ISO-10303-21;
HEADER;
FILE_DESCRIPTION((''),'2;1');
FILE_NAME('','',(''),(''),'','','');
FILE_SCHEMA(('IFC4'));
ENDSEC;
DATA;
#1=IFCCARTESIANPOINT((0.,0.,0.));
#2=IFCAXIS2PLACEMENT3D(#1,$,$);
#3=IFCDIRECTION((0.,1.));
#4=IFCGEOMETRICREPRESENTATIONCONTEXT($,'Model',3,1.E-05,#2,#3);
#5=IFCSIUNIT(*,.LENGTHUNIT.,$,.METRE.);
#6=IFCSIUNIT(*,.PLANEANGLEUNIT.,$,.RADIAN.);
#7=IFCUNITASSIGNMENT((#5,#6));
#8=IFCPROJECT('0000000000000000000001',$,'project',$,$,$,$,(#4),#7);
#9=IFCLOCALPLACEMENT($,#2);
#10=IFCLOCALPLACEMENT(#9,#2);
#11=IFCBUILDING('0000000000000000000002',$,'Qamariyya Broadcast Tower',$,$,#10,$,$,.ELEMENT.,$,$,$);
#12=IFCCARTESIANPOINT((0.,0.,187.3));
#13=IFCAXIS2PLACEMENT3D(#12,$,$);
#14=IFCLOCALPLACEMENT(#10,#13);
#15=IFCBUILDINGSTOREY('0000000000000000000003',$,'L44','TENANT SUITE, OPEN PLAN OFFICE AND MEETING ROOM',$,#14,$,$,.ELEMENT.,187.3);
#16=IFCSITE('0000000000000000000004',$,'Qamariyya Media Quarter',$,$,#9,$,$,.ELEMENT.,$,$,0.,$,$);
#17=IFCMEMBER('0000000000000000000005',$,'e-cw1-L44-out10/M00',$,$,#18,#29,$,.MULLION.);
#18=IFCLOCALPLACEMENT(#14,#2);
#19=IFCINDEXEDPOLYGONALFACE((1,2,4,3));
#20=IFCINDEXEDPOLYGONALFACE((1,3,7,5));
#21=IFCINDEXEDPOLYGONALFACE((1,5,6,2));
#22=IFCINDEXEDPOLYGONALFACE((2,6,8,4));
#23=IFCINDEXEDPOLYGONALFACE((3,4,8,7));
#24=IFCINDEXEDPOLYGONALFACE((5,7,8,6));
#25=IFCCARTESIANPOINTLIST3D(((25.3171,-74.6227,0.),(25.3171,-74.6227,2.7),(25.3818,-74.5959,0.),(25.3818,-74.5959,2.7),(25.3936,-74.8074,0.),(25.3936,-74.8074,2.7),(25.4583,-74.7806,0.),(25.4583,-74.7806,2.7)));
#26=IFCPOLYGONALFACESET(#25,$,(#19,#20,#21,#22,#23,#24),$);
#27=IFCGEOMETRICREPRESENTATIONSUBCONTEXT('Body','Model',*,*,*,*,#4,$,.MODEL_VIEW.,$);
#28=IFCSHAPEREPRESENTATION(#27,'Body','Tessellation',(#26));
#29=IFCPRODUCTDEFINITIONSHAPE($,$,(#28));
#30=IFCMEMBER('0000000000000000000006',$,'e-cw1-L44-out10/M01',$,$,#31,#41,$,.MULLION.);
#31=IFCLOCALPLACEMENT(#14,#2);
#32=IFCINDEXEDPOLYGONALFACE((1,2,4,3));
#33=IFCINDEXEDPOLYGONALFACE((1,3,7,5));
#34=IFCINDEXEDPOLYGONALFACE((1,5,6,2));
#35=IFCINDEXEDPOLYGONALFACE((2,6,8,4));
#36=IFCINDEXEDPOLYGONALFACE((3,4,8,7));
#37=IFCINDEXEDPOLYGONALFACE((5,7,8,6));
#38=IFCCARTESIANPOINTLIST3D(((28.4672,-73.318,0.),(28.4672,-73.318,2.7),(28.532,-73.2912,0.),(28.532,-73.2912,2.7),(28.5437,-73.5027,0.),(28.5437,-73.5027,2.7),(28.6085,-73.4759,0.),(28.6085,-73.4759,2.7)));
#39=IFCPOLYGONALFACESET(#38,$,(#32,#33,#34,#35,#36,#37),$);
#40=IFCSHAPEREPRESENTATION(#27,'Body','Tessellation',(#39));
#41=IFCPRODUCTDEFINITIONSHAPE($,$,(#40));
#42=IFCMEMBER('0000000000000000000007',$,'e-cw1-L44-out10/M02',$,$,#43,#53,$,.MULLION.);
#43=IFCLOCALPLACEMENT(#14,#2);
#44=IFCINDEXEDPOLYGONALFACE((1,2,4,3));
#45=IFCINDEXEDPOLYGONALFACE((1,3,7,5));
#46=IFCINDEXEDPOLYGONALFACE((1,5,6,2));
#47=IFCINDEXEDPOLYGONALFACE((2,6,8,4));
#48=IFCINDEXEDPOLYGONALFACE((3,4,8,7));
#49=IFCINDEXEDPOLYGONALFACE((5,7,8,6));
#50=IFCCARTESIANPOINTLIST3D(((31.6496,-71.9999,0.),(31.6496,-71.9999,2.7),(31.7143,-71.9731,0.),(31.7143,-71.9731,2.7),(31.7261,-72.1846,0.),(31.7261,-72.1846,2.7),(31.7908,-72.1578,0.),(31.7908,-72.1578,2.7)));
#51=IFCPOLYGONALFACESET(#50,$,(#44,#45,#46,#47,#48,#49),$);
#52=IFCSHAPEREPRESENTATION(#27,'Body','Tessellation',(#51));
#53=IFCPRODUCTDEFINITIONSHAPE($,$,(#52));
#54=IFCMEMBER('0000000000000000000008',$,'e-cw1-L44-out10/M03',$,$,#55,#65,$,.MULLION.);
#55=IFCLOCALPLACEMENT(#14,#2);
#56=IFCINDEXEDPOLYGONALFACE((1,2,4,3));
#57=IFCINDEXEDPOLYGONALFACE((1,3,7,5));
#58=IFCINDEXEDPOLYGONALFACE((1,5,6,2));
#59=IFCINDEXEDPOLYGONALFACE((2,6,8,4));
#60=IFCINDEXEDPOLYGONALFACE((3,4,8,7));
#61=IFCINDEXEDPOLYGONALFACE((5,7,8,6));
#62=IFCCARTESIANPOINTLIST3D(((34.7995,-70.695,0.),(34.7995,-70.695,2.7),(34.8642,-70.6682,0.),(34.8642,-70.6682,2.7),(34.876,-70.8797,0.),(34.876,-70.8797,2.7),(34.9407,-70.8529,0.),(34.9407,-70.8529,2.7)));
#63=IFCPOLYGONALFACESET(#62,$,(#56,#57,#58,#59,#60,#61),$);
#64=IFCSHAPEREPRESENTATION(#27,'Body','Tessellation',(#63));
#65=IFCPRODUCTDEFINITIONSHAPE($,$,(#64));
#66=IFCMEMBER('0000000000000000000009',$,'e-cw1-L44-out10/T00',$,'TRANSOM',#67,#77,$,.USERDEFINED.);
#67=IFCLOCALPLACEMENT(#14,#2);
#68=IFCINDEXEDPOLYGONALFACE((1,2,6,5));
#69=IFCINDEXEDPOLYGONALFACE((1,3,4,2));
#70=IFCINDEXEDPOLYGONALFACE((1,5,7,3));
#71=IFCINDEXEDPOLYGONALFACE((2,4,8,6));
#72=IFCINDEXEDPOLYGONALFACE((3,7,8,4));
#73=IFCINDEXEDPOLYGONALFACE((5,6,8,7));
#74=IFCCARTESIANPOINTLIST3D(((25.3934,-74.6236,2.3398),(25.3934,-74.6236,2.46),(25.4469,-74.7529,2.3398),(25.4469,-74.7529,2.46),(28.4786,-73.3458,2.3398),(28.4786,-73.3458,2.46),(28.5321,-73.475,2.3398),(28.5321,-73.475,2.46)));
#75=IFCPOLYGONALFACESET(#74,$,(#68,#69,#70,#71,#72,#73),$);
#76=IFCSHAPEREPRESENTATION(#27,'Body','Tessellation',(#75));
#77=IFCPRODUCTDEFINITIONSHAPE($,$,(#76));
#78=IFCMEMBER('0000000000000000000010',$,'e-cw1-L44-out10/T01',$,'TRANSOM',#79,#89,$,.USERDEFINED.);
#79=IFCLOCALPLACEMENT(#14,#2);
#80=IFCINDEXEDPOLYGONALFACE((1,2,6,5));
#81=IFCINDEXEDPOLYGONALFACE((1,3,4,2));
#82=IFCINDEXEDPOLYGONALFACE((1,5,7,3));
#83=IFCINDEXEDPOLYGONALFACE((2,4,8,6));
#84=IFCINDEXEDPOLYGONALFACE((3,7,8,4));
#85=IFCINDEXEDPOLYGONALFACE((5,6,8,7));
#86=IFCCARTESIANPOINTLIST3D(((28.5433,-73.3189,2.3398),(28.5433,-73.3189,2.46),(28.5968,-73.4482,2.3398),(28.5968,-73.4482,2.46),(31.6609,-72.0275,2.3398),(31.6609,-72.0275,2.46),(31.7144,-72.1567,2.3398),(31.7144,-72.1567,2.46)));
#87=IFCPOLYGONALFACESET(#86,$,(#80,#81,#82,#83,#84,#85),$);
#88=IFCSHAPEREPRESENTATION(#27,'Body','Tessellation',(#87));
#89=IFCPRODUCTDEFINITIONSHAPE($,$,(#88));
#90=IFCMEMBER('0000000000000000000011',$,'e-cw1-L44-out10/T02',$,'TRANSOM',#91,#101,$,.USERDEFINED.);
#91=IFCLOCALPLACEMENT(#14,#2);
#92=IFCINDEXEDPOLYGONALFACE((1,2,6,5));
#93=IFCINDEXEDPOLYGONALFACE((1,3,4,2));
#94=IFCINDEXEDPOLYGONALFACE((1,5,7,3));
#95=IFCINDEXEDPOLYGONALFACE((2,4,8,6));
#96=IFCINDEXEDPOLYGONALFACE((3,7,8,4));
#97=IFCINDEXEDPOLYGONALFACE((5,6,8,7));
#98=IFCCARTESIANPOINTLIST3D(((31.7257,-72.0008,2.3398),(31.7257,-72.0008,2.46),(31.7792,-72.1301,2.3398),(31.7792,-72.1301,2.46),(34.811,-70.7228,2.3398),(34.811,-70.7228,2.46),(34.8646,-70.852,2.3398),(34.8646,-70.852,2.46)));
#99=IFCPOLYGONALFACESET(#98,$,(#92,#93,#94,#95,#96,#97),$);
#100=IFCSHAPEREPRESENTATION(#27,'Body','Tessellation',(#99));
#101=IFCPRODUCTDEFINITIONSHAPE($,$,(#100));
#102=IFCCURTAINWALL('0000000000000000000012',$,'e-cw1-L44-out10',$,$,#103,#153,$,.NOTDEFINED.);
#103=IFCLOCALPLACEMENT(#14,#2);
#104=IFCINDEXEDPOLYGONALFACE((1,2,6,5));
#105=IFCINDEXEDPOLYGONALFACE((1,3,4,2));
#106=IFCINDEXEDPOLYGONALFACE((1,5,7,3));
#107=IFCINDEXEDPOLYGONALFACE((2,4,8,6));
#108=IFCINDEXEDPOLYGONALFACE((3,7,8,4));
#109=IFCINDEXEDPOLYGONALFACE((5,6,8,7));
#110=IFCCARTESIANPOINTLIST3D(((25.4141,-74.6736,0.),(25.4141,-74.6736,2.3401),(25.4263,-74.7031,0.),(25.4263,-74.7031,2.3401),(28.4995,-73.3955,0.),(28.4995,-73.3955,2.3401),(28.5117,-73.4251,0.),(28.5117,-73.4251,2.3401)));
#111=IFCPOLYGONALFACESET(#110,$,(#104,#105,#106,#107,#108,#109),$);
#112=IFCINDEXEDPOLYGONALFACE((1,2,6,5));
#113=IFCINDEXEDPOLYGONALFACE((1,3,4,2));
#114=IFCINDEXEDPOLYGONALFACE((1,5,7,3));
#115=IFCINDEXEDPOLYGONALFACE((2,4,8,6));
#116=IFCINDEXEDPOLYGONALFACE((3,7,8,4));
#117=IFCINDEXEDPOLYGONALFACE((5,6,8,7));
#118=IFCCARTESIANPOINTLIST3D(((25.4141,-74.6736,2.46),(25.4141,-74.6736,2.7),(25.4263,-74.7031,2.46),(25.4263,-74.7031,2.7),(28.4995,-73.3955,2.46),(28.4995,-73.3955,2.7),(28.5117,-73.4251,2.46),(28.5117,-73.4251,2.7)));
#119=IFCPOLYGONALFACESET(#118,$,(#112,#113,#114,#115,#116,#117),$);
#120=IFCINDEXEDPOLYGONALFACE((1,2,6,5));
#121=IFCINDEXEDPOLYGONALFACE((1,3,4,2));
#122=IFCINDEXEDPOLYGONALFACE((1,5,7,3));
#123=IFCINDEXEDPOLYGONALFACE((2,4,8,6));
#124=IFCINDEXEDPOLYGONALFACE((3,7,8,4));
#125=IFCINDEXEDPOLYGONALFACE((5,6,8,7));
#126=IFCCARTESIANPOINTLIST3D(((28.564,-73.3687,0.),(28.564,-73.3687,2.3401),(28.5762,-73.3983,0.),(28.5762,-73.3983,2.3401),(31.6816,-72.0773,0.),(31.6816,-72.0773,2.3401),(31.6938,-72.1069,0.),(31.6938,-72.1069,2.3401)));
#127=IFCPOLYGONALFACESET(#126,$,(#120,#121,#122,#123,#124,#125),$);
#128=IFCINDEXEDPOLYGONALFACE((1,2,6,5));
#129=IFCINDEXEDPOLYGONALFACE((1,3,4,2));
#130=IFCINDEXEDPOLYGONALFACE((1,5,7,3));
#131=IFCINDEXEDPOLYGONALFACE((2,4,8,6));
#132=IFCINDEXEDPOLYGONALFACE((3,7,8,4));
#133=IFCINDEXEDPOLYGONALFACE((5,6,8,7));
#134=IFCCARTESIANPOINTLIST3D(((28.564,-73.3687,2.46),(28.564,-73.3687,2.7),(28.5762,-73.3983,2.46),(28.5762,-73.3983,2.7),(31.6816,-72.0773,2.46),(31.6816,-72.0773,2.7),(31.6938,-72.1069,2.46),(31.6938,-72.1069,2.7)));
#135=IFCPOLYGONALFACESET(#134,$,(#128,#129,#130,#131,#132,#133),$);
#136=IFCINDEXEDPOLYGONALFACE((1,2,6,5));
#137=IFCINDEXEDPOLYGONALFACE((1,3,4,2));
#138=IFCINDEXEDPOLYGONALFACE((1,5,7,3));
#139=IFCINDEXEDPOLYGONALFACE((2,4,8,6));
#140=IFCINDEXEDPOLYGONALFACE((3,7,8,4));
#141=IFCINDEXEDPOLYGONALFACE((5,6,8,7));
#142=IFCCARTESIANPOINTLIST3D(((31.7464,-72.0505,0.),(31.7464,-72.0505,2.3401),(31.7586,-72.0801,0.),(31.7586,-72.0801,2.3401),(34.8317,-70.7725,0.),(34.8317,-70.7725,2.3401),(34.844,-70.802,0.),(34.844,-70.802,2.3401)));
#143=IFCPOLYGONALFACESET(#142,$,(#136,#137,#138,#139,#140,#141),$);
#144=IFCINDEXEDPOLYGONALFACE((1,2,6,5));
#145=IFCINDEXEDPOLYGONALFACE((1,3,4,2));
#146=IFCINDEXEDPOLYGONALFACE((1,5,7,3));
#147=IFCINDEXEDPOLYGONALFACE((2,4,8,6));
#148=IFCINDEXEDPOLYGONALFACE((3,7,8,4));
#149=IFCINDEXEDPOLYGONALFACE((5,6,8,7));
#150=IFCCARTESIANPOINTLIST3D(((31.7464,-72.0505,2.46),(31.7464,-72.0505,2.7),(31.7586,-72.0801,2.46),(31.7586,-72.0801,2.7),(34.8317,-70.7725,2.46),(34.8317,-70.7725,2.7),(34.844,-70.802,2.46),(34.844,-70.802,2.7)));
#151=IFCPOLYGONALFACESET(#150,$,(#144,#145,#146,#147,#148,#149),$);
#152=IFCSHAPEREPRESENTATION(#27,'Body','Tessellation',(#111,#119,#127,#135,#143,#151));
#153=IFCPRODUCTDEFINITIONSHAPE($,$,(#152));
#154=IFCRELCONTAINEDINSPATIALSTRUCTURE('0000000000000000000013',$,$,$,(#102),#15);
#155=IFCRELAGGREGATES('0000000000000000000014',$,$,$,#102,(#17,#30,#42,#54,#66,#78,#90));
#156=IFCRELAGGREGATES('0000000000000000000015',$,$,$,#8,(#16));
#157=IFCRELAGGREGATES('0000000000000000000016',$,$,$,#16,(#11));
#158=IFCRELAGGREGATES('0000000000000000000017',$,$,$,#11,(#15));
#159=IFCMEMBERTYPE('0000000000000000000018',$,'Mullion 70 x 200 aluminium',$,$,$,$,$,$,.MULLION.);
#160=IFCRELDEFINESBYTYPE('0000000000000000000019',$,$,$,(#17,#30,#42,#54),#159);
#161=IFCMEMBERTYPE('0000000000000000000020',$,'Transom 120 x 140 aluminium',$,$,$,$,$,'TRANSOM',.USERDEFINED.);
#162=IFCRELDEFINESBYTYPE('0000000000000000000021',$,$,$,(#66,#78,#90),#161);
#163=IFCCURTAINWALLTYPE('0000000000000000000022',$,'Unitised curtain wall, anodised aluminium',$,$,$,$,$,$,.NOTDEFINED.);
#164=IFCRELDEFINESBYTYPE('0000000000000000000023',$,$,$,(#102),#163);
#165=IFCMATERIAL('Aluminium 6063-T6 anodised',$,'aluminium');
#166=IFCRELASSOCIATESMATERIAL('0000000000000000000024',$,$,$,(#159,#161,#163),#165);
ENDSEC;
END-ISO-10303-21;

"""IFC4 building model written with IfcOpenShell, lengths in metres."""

from ifc_helpers import new_model, si_unit, direction, frame, origin, origin_2d, place, context, subcontext, project, spatial, rectangle, extrude, material, material_profile, profile_set, type_object, element, aggregate, save


model = new_model("IFC4")

# Units and contexts
model_context = context("Model", 3, precision=1e-05, world=origin(), true_north=direction((0.0, 1.0)))
body_context = subcontext(model_context, "Body", "Model", "MODEL_VIEW")
ifc_project = project(units=[si_unit("LENGTHUNIT", "METRE"), si_unit("PLANEANGLEUNIT", "RADIAN")], contexts=[model_context])

# Members
ifc_material = material(Name="Aluminium 6063-T6 anodised", Category="aluminium")
ifc_material_profile_1 = material_profile(ifc_material, rectangle(XDim=0.2, YDim=0.0701, at=origin_2d()))
ifc_profile_set_1 = profile_set([ifc_material_profile_1], Name="Aluminium 6063-T6 anodised")
member_type_1 = type_object("IfcMemberType", Name="Mullion 70 x 200 aluminium", PredefinedType="MULLION", material=ifc_profile_set_1)
site_placement = place(None, origin())
building_placement = place(site_placement, origin())
storey_placement = place(building_placement, frame((0.0, 0.0, 187.3)))
member_1_placement = place(storey_placement, frame((25.3877, -74.7017, 0.0), z_axis=(0.0, 0.0, 1.0), x_axis=(-0.382683, 0.92388, 0.0)))
member_1 = element("IfcMember", 1, at=member_1_placement, type_object=member_type_1, Name="e-cw1-L44-out10/M00", PredefinedType="MULLION", context=body_context, shape_type="SweptSolid", body=[
    extrude(rectangle(XDim=0.2, YDim=0.0701, at=origin_2d()), origin(), (0.0, 0.0, 1.0), 2.7),
])
member_2_placement = place(storey_placement, frame((28.5378, -73.397, 0.0), z_axis=(0.0, 0.0, 1.0), x_axis=(-0.382683, 0.92388, 0.0)))
member_2 = element("IfcMember", 2, at=member_2_placement, type_object=member_type_1, Name="e-cw1-L44-out10/M01", PredefinedType="MULLION", context=body_context, shape_type="SweptSolid", body=[
    extrude(rectangle(XDim=0.2, YDim=0.0701, at=origin_2d()), origin(), (0.0, 0.0, 1.0), 2.7),
])
member_3_placement = place(storey_placement, frame((31.7202, -72.0789, 0.0), z_axis=(0.0, 0.0, 1.0), x_axis=(-0.382683, 0.92388, 0.0)))
member_3 = element("IfcMember", 3, at=member_3_placement, type_object=member_type_1, Name="e-cw1-L44-out10/M02", PredefinedType="MULLION", context=body_context, shape_type="SweptSolid", body=[
    extrude(rectangle(XDim=0.2, YDim=0.0701, at=origin_2d()), origin(), (0.0, 0.0, 1.0), 2.7),
])
member_4_placement = place(storey_placement, frame((34.8701, -70.7739, 0.0), z_axis=(0.0, 0.0, 1.0), x_axis=(-0.382683, 0.92388, 0.0)))
member_4 = element("IfcMember", 4, at=member_4_placement, type_object=member_type_1, Name="e-cw1-L44-out10/M03", PredefinedType="MULLION", context=body_context, shape_type="SweptSolid", body=[
    extrude(rectangle(XDim=0.2, YDim=0.0701, at=origin_2d()), origin(), (0.0, 0.0, 1.0), 2.7),
])
ifc_material_profile_2 = material_profile(ifc_material, rectangle(XDim=0.1399, YDim=0.1201, at=origin_2d()))
ifc_profile_set_2 = profile_set([ifc_material_profile_2], Name="Aluminium 6063-T6 anodised")
member_type_2 = type_object("IfcMemberType", Name="Transom 120 x 140 aluminium", ElementType="TRANSOM", PredefinedType="USERDEFINED", material=ifc_profile_set_2)
member_5_placement = place(storey_placement, frame((25.4202, -74.6882, 2.3999), z_axis=(0.92389, 0.382657, 0.0), x_axis=(-0.382657, 0.92389, 0.0)))
member_5 = element("IfcMember", 5, at=member_5_placement, type_object=member_type_2, Name="e-cw1-L44-out10/T00", ObjectType="TRANSOM", PredefinedType="USERDEFINED", context=body_context, shape_type="SweptSolid", body=[
    extrude(rectangle(XDim=0.1399, YDim=0.1201, at=origin_2d()), origin(), (0.0, 0.0, 1.0), 3.3394),
])
member_6_placement = place(storey_placement, frame((28.5701, -73.3835, 2.3999), z_axis=(0.923867, 0.382714, 0.0), x_axis=(-0.382714, 0.923867, 0.0)))
member_6 = element("IfcMember", 6, at=member_6_placement, type_object=member_type_2, Name="e-cw1-L44-out10/T01", ObjectType="TRANSOM", PredefinedType="USERDEFINED", context=body_context, shape_type="SweptSolid", body=[
    extrude(rectangle(XDim=0.1399, YDim=0.1201, at=origin_2d()), origin(), (0.0, 0.0, 1.0), 3.3745),
])
member_7_placement = place(storey_placement, frame((31.7524, -72.0654, 2.3999), z_axis=(0.923875, 0.382694, 0.0), x_axis=(-0.382694, 0.923875, 0.0)))
member_7 = element("IfcMember", 7, at=member_7_placement, type_object=member_type_2, Name="e-cw1-L44-out10/T02", ObjectType="TRANSOM", PredefinedType="USERDEFINED", context=body_context, shape_type="SweptSolid", body=[
    extrude(rectangle(XDim=0.1399, YDim=0.1201, at=origin_2d()), origin(), (0.0, 0.0, 1.0), 3.3396),
])

# Site, building, storey
site = spatial("IfcSite", under=ifc_project, at=site_placement, Name="Qamariyya Media Quarter", CompositionType="ELEMENT", RefElevation=0.0)
building = spatial("IfcBuilding", under=site, at=building_placement, Name="Qamariyya Broadcast Tower", CompositionType="ELEMENT")
storey = spatial("IfcBuildingStorey", under=building, at=storey_placement, Name="L44", Description="TENANT SUITE, OPEN PLAN OFFICE AND MEETING ROOM", CompositionType="ELEMENT", Elevation=187.3)

# Curtain wall
curtain_wall_type = type_object("IfcCurtainWallType", Name="Unitised curtain wall, anodised aluminium", PredefinedType="NOTDEFINED", material=ifc_material)
curtain_wall_1_placement = place(storey_placement, origin())
curtain_wall_1 = element("IfcCurtainWall", 8, at=curtain_wall_1_placement, inside=storey, type_object=curtain_wall_type, Name="e-cw1-L44-out10", PredefinedType="NOTDEFINED", context=body_context, shape_type="SweptSolid", body=[
    extrude(rectangle(XDim=3.3396, YDim=0.032, at=origin_2d()), frame((26.9629, -74.0493, 0.0), x_axis=(0.923878, 0.382687, 0.0)), (0.0, 0.0, 1.0), 2.3401),
    extrude(rectangle(XDim=3.3396, YDim=0.032, at=origin_2d()), frame((26.9629, -74.0493, 2.46), x_axis=(0.923878, 0.382687, 0.0)), (0.0, 0.0, 1.0), 0.24),
    extrude(rectangle(XDim=3.3745, YDim=0.032, at=origin_2d()), frame((30.1289, -72.7378, 0.0), x_axis=(0.923878, 0.382687, 0.0)), (0.0, 0.0, 1.0), 2.3401),
    extrude(rectangle(XDim=3.3745, YDim=0.032, at=origin_2d()), frame((30.1289, -72.7378, 2.46), x_axis=(0.923878, 0.382687, 0.0)), (0.0, 0.0, 1.0), 0.24),
    extrude(rectangle(XDim=3.3396, YDim=0.032, at=origin_2d()), frame((33.2952, -71.4263, 0.0), x_axis=(0.923878, 0.382687, 0.0)), (0.0, 0.0, 1.0), 2.3401),
    extrude(rectangle(XDim=3.3396, YDim=0.032, at=origin_2d()), frame((33.2952, -71.4263, 2.46), x_axis=(0.923878, 0.382687, 0.0)), (0.0, 0.0, 1.0), 0.24),
])
aggregate(curtain_wall_1, [member_1, member_2, member_3, member_4, member_5, member_6, member_7])

save(model, "model.ifc")
